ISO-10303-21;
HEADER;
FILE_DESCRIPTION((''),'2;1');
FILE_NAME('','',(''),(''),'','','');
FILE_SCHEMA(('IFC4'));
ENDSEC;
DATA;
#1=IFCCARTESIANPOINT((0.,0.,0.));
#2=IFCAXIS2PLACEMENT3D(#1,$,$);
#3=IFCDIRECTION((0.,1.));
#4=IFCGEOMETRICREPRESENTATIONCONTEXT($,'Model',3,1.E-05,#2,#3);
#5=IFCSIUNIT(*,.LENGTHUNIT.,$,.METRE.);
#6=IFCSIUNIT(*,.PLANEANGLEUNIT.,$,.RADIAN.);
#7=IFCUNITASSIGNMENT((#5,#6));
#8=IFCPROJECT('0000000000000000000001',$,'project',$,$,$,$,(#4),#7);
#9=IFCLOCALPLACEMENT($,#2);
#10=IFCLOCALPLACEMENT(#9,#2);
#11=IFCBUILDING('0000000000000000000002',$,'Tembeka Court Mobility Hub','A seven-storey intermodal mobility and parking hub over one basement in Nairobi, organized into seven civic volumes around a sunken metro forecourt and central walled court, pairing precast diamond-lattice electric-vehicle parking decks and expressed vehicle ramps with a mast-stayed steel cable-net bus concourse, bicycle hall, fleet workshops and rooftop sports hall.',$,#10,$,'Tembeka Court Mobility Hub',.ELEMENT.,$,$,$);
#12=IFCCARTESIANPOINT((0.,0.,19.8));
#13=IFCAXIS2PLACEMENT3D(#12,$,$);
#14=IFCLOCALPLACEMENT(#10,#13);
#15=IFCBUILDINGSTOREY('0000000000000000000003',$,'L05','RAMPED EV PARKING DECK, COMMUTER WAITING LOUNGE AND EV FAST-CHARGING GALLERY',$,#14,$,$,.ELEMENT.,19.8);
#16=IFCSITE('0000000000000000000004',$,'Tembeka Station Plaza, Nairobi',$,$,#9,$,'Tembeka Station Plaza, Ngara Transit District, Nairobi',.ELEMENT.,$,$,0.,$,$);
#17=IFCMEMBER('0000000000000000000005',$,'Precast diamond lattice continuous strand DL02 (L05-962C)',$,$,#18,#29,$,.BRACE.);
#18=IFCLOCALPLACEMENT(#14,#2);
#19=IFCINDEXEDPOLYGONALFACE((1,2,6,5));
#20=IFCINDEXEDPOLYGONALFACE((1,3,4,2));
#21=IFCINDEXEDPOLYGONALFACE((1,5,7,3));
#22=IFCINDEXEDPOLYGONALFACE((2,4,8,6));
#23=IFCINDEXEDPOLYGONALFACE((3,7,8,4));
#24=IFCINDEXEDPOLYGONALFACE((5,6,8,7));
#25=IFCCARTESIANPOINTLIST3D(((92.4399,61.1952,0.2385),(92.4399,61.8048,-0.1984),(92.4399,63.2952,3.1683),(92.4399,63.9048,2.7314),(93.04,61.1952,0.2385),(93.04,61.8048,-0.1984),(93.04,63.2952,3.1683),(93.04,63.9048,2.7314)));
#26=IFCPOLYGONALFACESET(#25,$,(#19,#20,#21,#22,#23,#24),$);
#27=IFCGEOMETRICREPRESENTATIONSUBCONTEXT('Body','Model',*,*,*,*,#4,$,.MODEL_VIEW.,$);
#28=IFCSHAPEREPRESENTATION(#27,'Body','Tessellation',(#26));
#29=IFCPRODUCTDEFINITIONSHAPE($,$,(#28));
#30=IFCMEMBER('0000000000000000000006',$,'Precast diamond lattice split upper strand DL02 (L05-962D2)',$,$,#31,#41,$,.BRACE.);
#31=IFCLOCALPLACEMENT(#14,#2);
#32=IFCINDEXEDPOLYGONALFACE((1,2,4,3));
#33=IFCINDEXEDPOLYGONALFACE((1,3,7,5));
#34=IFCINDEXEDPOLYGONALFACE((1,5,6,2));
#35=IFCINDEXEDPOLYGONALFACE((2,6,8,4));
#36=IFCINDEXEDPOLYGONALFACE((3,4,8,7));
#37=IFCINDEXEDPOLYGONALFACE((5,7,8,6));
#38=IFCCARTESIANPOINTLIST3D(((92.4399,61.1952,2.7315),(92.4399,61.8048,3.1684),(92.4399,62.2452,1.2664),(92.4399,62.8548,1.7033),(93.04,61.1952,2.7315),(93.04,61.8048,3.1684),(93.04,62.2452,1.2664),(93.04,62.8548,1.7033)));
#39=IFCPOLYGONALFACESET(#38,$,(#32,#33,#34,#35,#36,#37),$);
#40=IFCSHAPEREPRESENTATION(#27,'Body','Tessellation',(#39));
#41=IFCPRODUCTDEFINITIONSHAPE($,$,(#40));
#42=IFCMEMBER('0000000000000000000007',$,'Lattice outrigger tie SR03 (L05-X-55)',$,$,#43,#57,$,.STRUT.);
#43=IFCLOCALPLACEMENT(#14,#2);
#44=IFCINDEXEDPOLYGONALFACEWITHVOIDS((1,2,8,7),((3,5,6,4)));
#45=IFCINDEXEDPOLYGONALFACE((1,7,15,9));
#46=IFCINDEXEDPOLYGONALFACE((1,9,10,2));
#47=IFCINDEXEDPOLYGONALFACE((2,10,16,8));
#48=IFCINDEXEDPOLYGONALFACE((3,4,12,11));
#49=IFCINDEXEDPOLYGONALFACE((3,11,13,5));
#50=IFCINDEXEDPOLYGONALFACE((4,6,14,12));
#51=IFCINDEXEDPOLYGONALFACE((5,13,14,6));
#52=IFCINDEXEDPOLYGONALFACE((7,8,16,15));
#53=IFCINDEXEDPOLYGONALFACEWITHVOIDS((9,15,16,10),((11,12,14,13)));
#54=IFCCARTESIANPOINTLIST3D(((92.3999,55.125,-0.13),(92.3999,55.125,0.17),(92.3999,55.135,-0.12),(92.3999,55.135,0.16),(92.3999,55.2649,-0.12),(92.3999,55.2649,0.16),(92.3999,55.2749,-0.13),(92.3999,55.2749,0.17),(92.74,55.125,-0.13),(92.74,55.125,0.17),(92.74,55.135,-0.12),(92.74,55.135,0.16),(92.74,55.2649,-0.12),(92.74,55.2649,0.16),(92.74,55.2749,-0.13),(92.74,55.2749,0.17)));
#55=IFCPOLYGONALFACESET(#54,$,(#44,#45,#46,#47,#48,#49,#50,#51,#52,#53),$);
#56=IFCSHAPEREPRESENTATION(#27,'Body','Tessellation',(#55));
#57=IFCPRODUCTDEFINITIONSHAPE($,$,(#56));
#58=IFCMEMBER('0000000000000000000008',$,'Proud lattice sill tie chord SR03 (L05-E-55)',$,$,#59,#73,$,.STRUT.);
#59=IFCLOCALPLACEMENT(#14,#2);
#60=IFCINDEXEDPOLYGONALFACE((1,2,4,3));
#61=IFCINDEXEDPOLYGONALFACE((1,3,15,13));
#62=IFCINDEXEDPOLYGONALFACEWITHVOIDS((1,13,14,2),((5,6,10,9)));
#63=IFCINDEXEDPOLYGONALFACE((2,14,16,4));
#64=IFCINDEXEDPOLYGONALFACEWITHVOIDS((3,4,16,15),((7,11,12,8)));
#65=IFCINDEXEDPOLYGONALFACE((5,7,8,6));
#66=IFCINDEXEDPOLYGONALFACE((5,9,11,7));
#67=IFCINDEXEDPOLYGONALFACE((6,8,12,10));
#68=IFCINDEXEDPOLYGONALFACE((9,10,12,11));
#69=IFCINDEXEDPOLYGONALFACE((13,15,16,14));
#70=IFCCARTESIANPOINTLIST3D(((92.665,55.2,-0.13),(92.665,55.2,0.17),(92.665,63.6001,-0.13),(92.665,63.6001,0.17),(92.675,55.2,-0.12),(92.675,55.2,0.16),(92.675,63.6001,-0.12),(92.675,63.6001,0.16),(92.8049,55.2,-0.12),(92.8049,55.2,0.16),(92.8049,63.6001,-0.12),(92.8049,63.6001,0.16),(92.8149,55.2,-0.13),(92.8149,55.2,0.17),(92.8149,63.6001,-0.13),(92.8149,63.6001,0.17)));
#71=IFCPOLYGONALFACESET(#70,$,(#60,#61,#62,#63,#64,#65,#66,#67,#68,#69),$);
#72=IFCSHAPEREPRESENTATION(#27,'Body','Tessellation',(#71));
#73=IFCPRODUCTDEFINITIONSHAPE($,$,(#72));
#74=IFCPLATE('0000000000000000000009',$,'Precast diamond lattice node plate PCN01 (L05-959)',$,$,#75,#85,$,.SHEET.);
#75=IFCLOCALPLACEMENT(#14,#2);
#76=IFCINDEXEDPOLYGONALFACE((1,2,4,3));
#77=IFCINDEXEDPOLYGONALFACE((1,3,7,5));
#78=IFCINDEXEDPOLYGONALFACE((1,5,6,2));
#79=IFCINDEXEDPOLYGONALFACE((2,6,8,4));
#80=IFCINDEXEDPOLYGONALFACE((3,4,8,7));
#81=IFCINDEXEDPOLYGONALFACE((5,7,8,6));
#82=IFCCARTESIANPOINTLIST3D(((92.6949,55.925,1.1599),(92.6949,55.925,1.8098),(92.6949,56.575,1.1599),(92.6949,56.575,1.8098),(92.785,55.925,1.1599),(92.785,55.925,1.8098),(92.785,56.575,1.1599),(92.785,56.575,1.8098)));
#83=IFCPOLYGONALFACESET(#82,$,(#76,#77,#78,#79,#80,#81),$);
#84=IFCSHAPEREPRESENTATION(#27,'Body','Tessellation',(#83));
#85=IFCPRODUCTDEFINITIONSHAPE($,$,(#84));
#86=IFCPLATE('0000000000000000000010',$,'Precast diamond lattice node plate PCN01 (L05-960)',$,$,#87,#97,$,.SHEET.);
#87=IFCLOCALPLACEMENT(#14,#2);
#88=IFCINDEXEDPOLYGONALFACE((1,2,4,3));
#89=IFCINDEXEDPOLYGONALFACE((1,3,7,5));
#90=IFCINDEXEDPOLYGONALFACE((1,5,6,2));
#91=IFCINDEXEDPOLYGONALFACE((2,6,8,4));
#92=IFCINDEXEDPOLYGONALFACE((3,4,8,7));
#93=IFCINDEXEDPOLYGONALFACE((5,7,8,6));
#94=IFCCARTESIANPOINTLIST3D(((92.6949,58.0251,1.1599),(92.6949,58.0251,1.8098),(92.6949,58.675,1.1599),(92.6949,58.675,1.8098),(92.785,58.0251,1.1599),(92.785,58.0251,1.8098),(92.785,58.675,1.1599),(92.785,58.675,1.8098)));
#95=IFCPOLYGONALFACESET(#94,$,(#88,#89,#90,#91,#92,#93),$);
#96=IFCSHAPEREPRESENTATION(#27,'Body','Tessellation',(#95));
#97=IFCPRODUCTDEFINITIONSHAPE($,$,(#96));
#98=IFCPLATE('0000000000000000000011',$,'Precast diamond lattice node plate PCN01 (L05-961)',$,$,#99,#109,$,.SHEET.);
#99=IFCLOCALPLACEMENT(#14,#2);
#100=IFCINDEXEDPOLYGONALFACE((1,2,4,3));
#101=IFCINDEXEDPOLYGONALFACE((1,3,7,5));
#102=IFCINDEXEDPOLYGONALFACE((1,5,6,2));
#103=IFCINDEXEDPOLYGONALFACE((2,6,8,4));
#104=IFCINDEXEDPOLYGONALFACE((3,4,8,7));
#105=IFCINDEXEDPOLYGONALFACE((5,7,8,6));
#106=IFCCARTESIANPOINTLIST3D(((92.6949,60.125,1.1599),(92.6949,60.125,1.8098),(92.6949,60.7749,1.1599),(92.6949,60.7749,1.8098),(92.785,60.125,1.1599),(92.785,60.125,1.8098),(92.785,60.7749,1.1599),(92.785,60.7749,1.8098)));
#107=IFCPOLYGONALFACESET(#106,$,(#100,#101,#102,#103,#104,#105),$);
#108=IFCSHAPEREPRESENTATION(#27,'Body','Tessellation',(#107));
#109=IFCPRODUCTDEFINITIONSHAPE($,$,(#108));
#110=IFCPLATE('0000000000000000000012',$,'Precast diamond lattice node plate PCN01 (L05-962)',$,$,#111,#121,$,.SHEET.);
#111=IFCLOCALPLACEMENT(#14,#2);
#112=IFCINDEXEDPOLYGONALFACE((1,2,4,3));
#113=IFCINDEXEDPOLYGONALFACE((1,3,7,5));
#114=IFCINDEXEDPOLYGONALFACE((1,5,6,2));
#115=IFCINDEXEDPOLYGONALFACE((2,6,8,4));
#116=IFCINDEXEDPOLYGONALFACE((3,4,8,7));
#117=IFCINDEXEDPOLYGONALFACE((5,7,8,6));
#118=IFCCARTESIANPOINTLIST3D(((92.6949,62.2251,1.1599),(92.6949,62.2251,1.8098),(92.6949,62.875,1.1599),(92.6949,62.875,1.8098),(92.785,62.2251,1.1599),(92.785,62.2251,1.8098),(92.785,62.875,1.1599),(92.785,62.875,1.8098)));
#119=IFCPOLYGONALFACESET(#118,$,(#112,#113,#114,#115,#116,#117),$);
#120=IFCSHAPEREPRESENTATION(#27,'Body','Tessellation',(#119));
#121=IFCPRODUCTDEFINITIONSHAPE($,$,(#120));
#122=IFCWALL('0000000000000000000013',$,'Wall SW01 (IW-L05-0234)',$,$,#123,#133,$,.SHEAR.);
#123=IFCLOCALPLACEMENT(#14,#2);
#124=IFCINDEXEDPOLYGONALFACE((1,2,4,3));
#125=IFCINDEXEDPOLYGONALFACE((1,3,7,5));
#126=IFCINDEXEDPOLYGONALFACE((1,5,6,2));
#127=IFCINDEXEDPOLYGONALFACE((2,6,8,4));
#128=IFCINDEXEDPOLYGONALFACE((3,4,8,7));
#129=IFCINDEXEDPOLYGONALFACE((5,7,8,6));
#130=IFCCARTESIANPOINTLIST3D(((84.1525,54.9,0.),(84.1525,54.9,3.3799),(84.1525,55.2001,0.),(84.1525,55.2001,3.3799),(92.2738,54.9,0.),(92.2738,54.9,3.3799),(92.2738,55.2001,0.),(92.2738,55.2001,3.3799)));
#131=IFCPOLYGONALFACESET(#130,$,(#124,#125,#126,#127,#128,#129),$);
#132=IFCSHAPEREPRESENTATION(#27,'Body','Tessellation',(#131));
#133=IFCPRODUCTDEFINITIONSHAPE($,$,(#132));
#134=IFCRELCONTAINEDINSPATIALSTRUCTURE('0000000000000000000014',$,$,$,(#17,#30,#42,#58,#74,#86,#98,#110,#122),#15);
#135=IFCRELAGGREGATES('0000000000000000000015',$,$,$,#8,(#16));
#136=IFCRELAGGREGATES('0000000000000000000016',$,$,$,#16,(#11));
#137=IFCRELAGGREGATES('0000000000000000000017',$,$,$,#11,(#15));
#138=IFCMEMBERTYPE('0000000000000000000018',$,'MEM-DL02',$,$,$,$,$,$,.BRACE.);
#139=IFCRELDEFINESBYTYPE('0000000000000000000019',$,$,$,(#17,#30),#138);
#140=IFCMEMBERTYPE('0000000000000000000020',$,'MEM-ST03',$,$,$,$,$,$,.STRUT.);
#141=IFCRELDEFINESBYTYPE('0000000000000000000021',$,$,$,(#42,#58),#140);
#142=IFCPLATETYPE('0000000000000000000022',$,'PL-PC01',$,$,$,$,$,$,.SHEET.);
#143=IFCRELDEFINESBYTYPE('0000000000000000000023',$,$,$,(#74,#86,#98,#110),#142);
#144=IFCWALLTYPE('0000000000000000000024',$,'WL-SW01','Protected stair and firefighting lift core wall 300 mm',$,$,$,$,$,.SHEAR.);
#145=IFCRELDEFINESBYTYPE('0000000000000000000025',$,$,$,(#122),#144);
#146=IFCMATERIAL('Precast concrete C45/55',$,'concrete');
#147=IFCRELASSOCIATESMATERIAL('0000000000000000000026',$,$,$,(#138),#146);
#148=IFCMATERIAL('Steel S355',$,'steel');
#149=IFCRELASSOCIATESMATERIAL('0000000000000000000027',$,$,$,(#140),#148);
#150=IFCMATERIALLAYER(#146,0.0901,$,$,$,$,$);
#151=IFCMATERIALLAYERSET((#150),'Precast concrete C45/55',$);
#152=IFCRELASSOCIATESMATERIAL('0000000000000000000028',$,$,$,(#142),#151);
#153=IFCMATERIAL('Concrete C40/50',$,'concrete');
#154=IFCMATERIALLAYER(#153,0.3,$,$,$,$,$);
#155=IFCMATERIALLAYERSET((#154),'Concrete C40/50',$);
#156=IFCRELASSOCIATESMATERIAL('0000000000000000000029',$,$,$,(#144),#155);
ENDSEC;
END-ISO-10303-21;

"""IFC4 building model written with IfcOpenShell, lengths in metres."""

from ifc_helpers import new_model, si_unit, direction, frame, frame_2d, origin, origin_2d, place, context, subcontext, project, spatial, rectangle, hollow_rectangle, extrude, material, layer, layer_set, material_profile, profile_set, type_object, element, save


model = new_model("IFC4")

# Units and contexts
model_context = context("Model", 3, precision=1e-05, world=origin(), true_north=direction((0.0, 1.0)))
body_context = subcontext(model_context, "Body", "Model", "MODEL_VIEW")
ifc_project = project(units=[si_unit("LENGTHUNIT", "METRE"), si_unit("PLANEANGLEUNIT", "RADIAN")], contexts=[model_context])

# Site, building, storey
site_placement = place(None, origin())
site = spatial("IfcSite", under=ifc_project, at=site_placement, Name="Tembeka Station Plaza, Nairobi", LongName="Tembeka Station Plaza, Ngara Transit District, Nairobi", CompositionType="ELEMENT", RefElevation=0.0)
building_placement = place(site_placement, origin())
building = spatial("IfcBuilding", under=site, at=building_placement, Name="Tembeka Court Mobility Hub", Description="A seven-storey intermodal mobility and parking hub over one basement in Nairobi, organized into seven civic volumes around a sunken metro forecourt and central walled court, pairing precast diamond-lattice electric-vehicle parking decks and expressed vehicle ramps with a mast-stayed steel cable-net bus concourse, bicycle hall, fleet workshops and rooftop sports hall.", LongName="Tembeka Court Mobility Hub", CompositionType="ELEMENT")
storey_placement = place(building_placement, frame((0.0, 0.0, 19.8)))
storey = spatial("IfcBuildingStorey", under=building, at=storey_placement, Name="L05", Description="RAMPED EV PARKING DECK, COMMUTER WAITING LOUNGE AND EV FAST-CHARGING GALLERY", CompositionType="ELEMENT", Elevation=19.8)

# Shared definitions
ifc_material_1 = material(Name="Steel S355", Category="steel")

# Shared definitions
ifc_material_2 = material(Name="Precast concrete C45/55", Category="concrete")

# Members
ifc_material_profile_1 = material_profile(ifc_material_2, rectangle(XDim=0.6001, YDim=0.75, at=origin_2d()), Name="PC-DIAG 600x750")
ifc_profile_set_1 = profile_set([ifc_material_profile_1], Name="Precast concrete C45/55")
member_type_1 = type_object("IfcMemberType", Name="MEM-DL02", PredefinedType="BRACE", material=ifc_profile_set_1)
member_1_placement = place(storey_placement, frame((92.74, 61.5, 0.02), z_axis=(0.0, 0.582576, 0.812776), x_axis=(-1.0, 0.0, 0.0)))
element("IfcMember", 1, at=member_1_placement, inside=storey, type_object=member_type_1, Name="Precast diamond lattice continuous strand DL02 (L05-962C)", PredefinedType="BRACE", context=body_context, shape_type="SweptSolid", body=[
    extrude(rectangle(XDim=0.6001, YDim=0.75, at=origin_2d()), origin(), (0.0, 0.0, 1.0), 3.6047),
])
member_2_placement = place(storey_placement, frame((92.74, 62.55, 1.4849), z_axis=(0.0, -0.582544, 0.812799), x_axis=(1.0, 0.0, 0.0)))
element("IfcMember", 2, at=member_2_placement, inside=storey, type_object=member_type_1, Name="Precast diamond lattice split upper strand DL02 (L05-962D2)", PredefinedType="BRACE", context=body_context, shape_type="SweptSolid", body=[
    extrude(rectangle(XDim=0.6001, YDim=0.75, at=origin_2d()), origin(), (0.0, 0.0, 1.0), 1.8025),
])
ifc_material_profile_2 = material_profile(ifc_material_1, hollow_rectangle(XDim=0.1499, YDim=0.3, WallThickness=0.01, at=origin_2d()), Name="RHS 300x150x10")
ifc_profile_set_2 = profile_set([ifc_material_profile_2], Name="Steel S355")
member_type_2 = type_object("IfcMemberType", Name="MEM-ST03", PredefinedType="STRUT", material=ifc_profile_set_2)
member_3_placement = place(storey_placement, frame((92.3999, 55.2, 0.02), z_axis=(1.0, 0.0, 0.0), x_axis=(0.0, 1.0, 0.0)))
element("IfcMember", 3, at=member_3_placement, inside=storey, type_object=member_type_2, Name="Lattice outrigger tie SR03 (L05-X-55)", PredefinedType="STRUT", context=body_context, shape_type="SweptSolid", body=[
    extrude(hollow_rectangle(XDim=0.1499, YDim=0.3, WallThickness=0.01, at=origin_2d()), origin(), (0.0, 0.0, 1.0), 0.3401),
])
member_4_placement = place(storey_placement, frame((92.74, 55.2, 0.02), z_axis=(0.0, 1.0, 0.0), x_axis=(-1.0, 0.0, 0.0)))
element("IfcMember", 4, at=member_4_placement, inside=storey, type_object=member_type_2, Name="Proud lattice sill tie chord SR03 (L05-E-55)", PredefinedType="STRUT", context=body_context, shape_type="SweptSolid", body=[
    extrude(hollow_rectangle(XDim=0.1499, YDim=0.3, WallThickness=0.01, at=origin_2d()), origin(), (0.0, 0.0, 1.0), 8.4001),
])

# Plates
ifc_layer_1 = layer(ifc_material_2, 0.0901)
ifc_layer_set_1 = layer_set([ifc_layer_1], Name="Precast concrete C45/55")
plate_type = type_object("IfcPlateType", Name="PL-PC01", PredefinedType="SHEET", material=ifc_layer_set_1)
for number, where, z_axis, x_axis, name in (
    (5, (92.74, 56.25, 1.1599), (0.0, 0.0, 1.0), (1.0, 0.0, 0.0), "Precast diamond lattice node plate PCN01 (L05-959)"),
    (6, (92.74, 58.3501, 1.1599), (0.0, 0.0, 1.0), (1.0, 0.0, 0.0), "Precast diamond lattice node plate PCN01 (L05-960)"),
    (7, (92.74, 60.45, 1.1599), (0.0, 0.0, 1.0), (1.0, 0.0, 0.0), "Precast diamond lattice node plate PCN01 (L05-961)"),
    (8, (92.74, 62.55, 1.1599), (0.0, 0.0, 1.0), (1.0, 0.0, 0.0), "Precast diamond lattice node plate PCN01 (L05-962)"),
):
    element("IfcPlate", number, at=place(storey_placement, frame(where, z_axis=z_axis, x_axis=x_axis)), inside=storey, type_object=plate_type, Name=name, PredefinedType="SHEET", context=body_context, shape_type="SweptSolid", body=[
        extrude(rectangle(XDim=0.0901, YDim=0.6499, at=origin_2d()), origin(), (0.0, 0.0, 1.0), 0.6499),
    ])

# Wall
ifc_material_3 = material(Name="Concrete C40/50", Category="concrete")
ifc_layer_2 = layer(ifc_material_3, 0.3)
ifc_layer_set_2 = layer_set([ifc_layer_2], Name="Concrete C40/50")
wall_type = type_object("IfcWallType", Name="WL-SW01", Description="Protected stair and firefighting lift core wall 300 mm", PredefinedType="SHEAR", material=ifc_layer_set_2)
wall_placement = place(storey_placement, frame((84.1526, 55.05, 0.0), z_axis=(0.0, 0.0, 1.0), x_axis=(1.0, 0.0, 0.0)))
element("IfcWall", 9, at=wall_placement, inside=storey, type_object=wall_type, Name="Wall SW01 (IW-L05-0234)", PredefinedType="SHEAR", context=body_context, shape_type="SweptSolid", body=[
    extrude(rectangle(XDim=8.1213, YDim=0.3, at=frame_2d((4.0605, 0.0))), origin(), (0.0, 0.0, 1.0), 3.3799),
])

save(model, "model.ifc")
